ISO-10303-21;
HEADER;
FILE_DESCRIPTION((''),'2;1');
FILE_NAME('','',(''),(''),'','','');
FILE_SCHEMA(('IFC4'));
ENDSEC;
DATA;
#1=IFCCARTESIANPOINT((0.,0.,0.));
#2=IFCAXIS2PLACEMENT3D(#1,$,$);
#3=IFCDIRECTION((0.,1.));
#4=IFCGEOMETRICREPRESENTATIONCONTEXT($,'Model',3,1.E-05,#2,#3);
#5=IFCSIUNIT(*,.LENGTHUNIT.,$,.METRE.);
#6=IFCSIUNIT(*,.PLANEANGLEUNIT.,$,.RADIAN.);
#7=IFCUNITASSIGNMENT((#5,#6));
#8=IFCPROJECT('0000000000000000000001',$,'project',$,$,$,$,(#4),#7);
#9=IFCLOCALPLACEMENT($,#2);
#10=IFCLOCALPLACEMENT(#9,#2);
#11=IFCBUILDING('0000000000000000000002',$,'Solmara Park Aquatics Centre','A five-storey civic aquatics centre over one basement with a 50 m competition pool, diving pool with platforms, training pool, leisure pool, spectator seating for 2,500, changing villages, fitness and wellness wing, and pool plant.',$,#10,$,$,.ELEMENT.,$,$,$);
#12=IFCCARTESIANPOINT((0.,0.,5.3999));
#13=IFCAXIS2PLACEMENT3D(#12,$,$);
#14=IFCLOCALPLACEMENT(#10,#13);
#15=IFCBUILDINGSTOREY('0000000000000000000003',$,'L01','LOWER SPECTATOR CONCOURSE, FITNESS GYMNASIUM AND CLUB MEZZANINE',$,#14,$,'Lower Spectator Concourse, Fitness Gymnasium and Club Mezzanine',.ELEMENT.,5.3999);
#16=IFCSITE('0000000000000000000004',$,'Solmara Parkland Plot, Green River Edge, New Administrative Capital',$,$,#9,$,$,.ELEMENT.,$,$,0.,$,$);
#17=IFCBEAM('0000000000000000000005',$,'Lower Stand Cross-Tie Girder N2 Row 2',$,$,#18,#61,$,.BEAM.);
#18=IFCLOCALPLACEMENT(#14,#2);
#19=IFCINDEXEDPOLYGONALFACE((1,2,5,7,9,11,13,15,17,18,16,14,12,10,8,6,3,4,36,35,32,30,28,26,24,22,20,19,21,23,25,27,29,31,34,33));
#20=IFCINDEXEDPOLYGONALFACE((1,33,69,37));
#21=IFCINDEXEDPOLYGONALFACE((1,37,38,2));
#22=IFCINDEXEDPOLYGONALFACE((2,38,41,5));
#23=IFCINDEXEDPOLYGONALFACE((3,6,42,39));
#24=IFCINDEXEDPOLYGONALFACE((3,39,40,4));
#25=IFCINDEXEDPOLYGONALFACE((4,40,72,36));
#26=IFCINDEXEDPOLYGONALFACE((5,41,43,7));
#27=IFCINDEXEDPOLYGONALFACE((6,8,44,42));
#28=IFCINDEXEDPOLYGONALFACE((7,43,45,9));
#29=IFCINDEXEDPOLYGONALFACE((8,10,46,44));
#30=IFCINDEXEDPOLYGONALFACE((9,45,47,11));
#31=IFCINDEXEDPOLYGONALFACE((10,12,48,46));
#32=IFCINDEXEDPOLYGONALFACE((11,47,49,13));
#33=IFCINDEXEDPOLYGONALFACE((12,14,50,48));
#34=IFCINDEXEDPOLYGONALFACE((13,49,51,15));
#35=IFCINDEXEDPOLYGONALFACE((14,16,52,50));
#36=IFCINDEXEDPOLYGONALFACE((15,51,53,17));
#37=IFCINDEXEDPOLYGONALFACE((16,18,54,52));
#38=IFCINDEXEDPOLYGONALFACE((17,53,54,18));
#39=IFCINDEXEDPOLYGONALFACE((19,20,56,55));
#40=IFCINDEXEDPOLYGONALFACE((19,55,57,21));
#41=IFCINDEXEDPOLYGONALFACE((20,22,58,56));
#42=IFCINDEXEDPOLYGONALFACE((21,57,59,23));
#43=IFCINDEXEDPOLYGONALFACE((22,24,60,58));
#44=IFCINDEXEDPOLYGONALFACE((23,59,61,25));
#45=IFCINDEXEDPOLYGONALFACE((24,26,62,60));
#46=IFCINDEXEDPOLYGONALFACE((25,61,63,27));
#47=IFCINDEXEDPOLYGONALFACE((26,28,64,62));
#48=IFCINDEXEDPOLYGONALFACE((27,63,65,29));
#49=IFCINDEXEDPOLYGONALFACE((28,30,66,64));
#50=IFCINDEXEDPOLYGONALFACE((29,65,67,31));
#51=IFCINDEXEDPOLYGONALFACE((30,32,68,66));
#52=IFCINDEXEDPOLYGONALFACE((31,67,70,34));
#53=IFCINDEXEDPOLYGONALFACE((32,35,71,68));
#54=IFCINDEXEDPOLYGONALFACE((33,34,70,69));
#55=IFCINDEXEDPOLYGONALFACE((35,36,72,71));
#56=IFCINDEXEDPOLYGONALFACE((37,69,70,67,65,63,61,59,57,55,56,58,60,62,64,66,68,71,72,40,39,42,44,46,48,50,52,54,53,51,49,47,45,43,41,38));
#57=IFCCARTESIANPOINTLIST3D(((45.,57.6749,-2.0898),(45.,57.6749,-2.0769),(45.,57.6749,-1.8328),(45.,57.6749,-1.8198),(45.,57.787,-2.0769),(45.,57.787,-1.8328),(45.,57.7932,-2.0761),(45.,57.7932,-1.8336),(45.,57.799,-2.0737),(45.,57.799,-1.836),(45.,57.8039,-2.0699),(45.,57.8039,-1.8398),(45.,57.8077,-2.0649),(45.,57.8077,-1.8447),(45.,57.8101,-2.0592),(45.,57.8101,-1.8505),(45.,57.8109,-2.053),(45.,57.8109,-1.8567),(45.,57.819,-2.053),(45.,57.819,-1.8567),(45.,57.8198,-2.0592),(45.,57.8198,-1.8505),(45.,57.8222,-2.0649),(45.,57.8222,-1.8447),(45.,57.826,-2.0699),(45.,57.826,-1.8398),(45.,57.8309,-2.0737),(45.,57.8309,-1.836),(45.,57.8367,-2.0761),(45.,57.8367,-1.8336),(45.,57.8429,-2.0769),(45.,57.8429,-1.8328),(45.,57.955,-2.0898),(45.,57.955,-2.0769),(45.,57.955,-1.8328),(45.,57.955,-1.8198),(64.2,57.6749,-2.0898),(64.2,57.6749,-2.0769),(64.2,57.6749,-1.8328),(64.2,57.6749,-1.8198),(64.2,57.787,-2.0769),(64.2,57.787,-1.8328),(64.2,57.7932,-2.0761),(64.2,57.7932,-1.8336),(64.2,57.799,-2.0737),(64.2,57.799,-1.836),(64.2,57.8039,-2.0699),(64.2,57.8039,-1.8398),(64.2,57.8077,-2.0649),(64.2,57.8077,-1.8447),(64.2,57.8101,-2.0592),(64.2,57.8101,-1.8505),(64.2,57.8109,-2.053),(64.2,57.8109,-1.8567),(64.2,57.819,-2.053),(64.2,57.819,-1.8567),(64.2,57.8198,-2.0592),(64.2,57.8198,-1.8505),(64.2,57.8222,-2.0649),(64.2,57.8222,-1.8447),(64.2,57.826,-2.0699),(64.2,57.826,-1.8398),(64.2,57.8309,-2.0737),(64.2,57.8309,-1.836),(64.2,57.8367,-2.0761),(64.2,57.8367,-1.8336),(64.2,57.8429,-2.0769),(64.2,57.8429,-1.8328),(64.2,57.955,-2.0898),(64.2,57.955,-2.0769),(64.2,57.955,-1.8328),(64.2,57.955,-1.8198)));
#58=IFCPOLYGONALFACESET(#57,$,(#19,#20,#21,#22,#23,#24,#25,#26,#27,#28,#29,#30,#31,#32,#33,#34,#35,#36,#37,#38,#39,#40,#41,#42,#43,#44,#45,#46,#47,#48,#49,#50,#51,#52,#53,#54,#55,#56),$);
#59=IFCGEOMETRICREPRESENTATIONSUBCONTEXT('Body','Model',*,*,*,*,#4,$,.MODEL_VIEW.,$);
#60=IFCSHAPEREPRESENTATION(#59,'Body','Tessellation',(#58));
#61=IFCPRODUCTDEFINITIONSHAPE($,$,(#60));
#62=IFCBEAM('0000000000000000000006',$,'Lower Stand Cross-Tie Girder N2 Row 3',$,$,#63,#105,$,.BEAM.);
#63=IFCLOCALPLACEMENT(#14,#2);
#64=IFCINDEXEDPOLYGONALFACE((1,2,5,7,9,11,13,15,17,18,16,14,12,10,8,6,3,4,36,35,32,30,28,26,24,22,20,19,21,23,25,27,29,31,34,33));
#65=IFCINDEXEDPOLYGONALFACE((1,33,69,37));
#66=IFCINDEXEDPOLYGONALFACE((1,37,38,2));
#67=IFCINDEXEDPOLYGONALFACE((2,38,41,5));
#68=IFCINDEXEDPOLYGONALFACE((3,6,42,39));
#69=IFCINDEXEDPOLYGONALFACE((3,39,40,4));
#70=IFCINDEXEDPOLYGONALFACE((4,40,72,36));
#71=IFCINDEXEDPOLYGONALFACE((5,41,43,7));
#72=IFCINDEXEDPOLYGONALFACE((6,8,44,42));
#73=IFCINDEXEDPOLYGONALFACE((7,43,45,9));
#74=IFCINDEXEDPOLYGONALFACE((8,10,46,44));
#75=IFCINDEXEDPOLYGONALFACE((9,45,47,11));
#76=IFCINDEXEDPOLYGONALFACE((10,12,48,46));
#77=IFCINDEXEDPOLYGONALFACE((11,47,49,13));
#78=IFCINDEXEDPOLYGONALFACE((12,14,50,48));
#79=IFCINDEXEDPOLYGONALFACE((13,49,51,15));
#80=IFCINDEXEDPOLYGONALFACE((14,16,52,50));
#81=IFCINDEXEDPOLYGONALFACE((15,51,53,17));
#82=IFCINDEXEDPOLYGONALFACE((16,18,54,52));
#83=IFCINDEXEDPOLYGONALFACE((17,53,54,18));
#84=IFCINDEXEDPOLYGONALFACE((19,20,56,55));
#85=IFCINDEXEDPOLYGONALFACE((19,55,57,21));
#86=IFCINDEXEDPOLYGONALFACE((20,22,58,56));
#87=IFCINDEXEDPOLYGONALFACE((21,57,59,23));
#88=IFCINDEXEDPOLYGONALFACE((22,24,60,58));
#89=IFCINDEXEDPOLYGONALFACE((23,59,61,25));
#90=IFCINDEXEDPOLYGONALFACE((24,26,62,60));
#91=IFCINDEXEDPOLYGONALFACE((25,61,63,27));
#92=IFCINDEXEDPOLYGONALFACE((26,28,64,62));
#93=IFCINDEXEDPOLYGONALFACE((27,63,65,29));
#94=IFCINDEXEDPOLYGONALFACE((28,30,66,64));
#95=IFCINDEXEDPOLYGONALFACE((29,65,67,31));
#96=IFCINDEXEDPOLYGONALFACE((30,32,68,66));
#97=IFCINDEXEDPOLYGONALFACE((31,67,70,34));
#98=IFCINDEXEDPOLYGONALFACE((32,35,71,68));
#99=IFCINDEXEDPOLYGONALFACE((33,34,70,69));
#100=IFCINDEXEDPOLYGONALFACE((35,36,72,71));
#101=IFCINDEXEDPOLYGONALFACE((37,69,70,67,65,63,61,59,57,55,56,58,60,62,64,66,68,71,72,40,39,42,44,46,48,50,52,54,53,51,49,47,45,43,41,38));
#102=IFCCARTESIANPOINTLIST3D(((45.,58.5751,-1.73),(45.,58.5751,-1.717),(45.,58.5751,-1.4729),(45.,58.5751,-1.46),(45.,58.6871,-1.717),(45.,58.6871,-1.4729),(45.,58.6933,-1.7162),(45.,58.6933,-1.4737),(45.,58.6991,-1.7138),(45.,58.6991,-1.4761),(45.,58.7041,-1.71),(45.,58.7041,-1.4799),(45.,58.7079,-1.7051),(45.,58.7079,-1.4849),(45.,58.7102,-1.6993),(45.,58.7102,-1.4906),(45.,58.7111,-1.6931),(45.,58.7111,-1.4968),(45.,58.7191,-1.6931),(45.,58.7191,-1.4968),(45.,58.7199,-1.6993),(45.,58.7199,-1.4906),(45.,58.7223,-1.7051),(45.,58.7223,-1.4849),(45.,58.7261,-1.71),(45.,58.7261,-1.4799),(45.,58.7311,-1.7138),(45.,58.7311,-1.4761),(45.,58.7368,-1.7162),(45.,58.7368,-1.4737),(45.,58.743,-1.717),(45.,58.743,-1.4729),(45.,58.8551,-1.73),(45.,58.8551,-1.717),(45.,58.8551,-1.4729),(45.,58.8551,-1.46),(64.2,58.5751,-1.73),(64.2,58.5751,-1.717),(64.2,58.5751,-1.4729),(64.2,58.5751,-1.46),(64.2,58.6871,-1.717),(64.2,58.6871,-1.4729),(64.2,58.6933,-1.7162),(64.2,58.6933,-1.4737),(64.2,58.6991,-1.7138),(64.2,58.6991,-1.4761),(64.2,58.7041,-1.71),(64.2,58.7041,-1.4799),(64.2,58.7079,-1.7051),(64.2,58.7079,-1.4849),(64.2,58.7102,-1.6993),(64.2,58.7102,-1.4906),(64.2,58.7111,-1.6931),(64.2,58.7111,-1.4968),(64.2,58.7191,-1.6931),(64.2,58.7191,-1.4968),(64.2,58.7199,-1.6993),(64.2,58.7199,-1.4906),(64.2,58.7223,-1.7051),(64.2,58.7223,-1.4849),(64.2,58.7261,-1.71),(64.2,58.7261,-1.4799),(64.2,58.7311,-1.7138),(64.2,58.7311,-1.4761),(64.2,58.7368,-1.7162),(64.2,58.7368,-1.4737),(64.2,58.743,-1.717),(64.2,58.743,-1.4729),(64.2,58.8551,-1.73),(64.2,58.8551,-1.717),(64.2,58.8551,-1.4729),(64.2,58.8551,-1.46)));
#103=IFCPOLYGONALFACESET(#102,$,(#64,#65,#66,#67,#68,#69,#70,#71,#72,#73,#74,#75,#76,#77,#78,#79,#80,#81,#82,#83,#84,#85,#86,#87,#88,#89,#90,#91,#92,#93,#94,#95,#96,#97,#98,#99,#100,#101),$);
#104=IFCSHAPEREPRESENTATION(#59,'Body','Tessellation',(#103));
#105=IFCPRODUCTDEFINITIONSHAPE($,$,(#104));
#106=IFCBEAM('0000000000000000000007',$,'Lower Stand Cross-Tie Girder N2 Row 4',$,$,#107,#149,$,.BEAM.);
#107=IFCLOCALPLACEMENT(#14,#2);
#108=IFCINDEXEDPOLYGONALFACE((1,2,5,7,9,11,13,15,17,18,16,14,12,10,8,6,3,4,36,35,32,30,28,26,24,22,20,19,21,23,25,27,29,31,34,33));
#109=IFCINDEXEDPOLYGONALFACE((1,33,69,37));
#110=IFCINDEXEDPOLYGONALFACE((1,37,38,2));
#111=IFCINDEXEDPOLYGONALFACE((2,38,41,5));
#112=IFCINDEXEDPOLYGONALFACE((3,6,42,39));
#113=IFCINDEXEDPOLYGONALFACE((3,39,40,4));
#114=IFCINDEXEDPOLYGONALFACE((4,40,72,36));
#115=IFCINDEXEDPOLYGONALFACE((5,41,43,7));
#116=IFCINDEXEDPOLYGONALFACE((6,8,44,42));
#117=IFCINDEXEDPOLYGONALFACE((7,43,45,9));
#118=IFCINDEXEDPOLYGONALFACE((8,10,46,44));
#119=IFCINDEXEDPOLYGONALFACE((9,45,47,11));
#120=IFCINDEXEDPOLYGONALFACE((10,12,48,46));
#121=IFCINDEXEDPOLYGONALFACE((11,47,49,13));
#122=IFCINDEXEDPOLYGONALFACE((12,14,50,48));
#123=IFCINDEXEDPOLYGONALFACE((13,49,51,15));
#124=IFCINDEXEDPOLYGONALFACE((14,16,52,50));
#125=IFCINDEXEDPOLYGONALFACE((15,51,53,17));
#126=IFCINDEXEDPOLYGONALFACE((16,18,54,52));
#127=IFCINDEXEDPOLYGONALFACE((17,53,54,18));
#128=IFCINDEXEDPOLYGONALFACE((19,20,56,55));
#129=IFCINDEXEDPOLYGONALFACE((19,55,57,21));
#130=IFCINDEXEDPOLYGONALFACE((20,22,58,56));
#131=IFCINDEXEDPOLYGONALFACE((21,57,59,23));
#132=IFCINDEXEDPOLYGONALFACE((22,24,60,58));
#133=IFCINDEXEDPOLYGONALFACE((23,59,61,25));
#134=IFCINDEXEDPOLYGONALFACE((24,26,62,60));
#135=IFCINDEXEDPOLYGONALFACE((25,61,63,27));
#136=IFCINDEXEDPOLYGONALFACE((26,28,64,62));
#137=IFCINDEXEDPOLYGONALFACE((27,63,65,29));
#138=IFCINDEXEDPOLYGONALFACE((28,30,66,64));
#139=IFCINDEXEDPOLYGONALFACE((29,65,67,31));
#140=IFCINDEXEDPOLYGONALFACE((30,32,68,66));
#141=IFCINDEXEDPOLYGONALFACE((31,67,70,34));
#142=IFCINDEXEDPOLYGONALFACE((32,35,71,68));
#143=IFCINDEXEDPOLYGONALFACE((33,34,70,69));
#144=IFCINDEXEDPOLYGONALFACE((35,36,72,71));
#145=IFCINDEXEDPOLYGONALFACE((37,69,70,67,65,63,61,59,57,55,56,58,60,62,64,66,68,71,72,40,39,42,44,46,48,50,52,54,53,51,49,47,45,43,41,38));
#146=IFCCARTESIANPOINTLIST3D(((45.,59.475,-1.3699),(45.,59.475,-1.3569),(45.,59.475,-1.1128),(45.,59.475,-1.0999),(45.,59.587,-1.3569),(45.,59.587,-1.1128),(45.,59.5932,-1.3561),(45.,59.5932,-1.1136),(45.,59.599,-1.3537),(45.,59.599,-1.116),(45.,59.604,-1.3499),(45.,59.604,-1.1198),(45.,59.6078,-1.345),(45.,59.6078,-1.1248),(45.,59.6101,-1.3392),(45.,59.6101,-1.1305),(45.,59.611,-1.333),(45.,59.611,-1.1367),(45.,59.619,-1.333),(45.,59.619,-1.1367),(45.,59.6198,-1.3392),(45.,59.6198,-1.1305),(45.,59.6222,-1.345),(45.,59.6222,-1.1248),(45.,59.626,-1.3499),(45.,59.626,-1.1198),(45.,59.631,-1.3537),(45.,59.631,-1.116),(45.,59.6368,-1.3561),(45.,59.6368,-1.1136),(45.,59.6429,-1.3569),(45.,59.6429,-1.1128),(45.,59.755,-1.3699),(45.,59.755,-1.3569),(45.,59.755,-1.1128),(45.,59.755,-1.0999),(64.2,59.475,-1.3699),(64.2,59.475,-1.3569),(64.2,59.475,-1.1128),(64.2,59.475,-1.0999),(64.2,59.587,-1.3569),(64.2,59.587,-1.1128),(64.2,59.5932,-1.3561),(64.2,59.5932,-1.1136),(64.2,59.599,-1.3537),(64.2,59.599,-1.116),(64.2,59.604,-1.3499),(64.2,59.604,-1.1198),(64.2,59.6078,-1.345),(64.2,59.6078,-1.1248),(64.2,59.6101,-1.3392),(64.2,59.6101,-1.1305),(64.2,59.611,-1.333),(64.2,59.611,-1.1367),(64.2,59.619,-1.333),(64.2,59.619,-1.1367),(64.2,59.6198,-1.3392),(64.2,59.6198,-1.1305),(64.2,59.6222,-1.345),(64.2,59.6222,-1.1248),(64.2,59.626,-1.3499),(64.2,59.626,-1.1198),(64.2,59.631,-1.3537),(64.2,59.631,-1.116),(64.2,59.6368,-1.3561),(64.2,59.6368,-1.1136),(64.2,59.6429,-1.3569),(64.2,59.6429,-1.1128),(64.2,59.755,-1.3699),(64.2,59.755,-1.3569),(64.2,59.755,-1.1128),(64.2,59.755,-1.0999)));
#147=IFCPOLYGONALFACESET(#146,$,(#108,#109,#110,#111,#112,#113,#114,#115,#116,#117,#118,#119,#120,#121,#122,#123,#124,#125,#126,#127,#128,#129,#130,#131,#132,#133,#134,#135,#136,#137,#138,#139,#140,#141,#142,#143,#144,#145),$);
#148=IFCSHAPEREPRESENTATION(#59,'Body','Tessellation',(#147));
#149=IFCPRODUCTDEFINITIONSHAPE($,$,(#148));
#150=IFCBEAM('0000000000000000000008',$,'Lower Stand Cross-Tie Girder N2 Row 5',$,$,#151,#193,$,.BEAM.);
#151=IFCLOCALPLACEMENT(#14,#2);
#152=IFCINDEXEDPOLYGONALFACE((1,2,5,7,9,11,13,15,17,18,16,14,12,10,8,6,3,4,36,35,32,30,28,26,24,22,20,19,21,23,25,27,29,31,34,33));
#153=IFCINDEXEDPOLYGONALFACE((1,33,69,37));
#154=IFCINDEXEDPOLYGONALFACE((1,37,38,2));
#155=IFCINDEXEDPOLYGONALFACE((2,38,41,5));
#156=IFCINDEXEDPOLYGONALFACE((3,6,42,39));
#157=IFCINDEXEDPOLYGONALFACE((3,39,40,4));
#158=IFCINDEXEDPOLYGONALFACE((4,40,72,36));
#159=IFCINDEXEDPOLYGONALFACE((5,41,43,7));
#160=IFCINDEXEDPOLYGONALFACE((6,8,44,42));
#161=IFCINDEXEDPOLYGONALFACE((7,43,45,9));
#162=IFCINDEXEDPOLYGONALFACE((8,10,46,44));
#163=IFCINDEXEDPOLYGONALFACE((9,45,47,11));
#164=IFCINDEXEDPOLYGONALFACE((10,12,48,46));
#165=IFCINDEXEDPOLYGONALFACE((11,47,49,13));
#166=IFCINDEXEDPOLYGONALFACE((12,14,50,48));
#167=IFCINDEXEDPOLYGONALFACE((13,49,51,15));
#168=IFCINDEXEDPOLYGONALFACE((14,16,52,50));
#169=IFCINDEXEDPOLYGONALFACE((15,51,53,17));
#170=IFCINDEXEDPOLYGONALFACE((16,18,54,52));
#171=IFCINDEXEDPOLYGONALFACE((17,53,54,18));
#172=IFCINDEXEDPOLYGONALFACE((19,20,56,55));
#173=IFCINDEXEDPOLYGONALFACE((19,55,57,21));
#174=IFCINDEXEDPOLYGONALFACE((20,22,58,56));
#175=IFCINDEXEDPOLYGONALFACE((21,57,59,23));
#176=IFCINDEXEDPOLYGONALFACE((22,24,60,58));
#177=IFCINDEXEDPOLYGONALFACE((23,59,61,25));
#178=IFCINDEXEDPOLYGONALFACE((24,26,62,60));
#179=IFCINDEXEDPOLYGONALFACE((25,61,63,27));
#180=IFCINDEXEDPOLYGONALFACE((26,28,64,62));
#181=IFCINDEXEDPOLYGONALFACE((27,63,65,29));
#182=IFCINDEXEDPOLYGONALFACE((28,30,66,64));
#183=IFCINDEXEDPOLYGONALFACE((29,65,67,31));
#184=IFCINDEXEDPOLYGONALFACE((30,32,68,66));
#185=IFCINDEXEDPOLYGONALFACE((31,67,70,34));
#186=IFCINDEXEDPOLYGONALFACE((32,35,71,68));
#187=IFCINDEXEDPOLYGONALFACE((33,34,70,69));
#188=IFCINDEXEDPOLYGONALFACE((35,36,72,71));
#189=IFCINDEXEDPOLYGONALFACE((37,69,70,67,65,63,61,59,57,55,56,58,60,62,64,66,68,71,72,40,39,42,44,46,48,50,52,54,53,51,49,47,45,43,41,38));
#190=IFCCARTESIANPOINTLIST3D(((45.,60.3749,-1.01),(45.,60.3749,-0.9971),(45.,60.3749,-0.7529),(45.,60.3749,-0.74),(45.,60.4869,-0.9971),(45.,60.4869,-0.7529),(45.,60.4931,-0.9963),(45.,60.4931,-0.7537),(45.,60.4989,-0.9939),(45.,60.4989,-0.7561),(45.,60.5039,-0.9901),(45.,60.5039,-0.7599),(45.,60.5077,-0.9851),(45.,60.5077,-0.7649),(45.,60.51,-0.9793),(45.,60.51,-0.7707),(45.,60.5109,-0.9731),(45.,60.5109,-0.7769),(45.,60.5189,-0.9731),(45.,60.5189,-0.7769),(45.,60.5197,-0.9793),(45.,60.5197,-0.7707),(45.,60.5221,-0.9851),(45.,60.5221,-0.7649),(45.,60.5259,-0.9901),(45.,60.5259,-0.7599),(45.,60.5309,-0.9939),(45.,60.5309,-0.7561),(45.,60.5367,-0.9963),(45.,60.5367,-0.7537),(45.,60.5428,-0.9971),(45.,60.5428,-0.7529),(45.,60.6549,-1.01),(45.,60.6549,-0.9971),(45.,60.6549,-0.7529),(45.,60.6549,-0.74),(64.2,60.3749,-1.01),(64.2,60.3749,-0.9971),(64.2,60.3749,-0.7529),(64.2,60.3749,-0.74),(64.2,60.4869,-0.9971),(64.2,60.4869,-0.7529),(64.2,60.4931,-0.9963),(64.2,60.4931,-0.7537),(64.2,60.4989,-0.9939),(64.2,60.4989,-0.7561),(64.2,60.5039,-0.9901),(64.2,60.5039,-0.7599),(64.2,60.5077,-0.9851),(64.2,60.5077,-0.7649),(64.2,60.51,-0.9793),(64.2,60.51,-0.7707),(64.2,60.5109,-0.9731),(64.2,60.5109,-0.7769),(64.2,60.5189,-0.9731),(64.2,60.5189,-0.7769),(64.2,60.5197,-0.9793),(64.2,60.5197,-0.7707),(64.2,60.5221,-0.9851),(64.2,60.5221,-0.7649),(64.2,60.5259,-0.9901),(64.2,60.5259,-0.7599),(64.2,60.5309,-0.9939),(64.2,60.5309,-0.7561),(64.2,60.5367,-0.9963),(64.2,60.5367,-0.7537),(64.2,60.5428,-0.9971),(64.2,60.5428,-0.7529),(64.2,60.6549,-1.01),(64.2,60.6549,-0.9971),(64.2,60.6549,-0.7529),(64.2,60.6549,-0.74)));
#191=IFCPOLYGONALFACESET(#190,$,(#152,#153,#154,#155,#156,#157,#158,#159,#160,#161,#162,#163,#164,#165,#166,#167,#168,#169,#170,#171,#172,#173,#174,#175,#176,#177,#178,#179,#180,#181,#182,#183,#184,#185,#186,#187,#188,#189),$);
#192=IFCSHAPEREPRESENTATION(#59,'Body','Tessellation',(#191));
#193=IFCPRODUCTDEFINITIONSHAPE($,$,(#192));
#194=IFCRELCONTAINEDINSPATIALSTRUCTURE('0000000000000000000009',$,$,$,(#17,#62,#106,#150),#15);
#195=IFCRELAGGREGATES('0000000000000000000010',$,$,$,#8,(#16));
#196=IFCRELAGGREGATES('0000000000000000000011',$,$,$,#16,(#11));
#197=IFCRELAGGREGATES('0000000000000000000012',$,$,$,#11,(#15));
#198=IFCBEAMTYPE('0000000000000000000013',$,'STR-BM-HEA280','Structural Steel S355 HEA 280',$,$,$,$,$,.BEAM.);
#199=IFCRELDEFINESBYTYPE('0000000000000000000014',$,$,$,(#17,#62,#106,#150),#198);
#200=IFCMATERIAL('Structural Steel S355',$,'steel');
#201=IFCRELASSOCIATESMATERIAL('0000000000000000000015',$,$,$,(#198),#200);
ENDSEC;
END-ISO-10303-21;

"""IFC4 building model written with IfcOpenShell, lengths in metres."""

from ifc_helpers import new_model, si_unit, direction, frame, origin, origin_2d, place, context, subcontext, project, spatial, i_section, extrude, material, material_profile, profile_set, type_object, element, save


model = new_model("IFC4")

# Units and contexts
model_context = context("Model", 3, precision=1e-05, world=origin(), true_north=direction((0.0, 1.0)))
body_context = subcontext(model_context, "Body", "Model", "MODEL_VIEW")
ifc_project = project(units=[si_unit("LENGTHUNIT", "METRE"), si_unit("PLANEANGLEUNIT", "RADIAN")], contexts=[model_context])

# Site, building, storey
site_placement = place(None, origin())
site = spatial("IfcSite", under=ifc_project, at=site_placement, Name="Solmara Parkland Plot, Green River Edge, New Administrative Capital", CompositionType="ELEMENT", RefElevation=0.0)
building_placement = place(site_placement, origin())
building = spatial("IfcBuilding", under=site, at=building_placement, Name="Solmara Park Aquatics Centre", Description="A five-storey civic aquatics centre over one basement with a 50 m competition pool, diving pool with platforms, training pool, leisure pool, spectator seating for 2,500, changing villages, fitness and wellness wing, and pool plant.", CompositionType="ELEMENT")
storey_placement = place(building_placement, frame((0.0, 0.0, 5.3999)))
storey = spatial("IfcBuildingStorey", under=building, at=storey_placement, Name="L01", Description="LOWER SPECTATOR CONCOURSE, FITNESS GYMNASIUM AND CLUB MEZZANINE", LongName="Lower Spectator Concourse, Fitness Gymnasium and Club Mezzanine", CompositionType="ELEMENT", Elevation=5.3999)

# Shared definitions
ifc_material_1 = material(Name="Structural Steel S355", Category="steel")

# Beams
ifc_material_profile_1 = material_profile(ifc_material_1, i_section(OverallWidth=0.28, OverallDepth=0.27, WebThickness=0.0081, FlangeThickness=0.0129, FilletRadius=0.0239, at=origin_2d()), Name="HEA 280")
ifc_profile_set_1 = profile_set([ifc_material_profile_1], Name="Structural Steel S355")
beam_type_1 = type_object("IfcBeamType", Name="STR-BM-HEA280", Description="Structural Steel S355 HEA 280", PredefinedType="BEAM", material=ifc_profile_set_1)
for number, where, z_axis, x_axis, name in (
    (1, (45.0, 57.8149, -1.9548), (1.0, 0.0, 0.0), (0.0, 1.0, 0.0), "Lower Stand Cross-Tie Girder N2 Row 2"),
    (2, (45.0, 58.7151, -1.595), (1.0, 0.0, 0.0), (0.0, 1.0, 0.0), "Lower Stand Cross-Tie Girder N2 Row 3"),
    (3, (45.0, 59.615, -1.2349), (1.0, 0.0, 0.0), (0.0, 1.0, 0.0), "Lower Stand Cross-Tie Girder N2 Row 4"),
    (4, (45.0, 60.5149, -0.875), (1.0, 0.0, 0.0), (0.0, 1.0, 0.0), "Lower Stand Cross-Tie Girder N2 Row 5"),
):
    element("IfcBeam", number, at=place(storey_placement, frame(where, z_axis=z_axis, x_axis=x_axis)), inside=storey, type_object=beam_type_1, Name=name, PredefinedType="BEAM", context=body_context, shape_type="SweptSolid", body=[
        extrude(i_section(OverallWidth=0.28, OverallDepth=0.27, WebThickness=0.0081, FlangeThickness=0.0129, FilletRadius=0.0239, at=origin_2d()), origin(), (0.0, 0.0, 1.0), 19.2),
    ])

save(model, "model.ifc")
